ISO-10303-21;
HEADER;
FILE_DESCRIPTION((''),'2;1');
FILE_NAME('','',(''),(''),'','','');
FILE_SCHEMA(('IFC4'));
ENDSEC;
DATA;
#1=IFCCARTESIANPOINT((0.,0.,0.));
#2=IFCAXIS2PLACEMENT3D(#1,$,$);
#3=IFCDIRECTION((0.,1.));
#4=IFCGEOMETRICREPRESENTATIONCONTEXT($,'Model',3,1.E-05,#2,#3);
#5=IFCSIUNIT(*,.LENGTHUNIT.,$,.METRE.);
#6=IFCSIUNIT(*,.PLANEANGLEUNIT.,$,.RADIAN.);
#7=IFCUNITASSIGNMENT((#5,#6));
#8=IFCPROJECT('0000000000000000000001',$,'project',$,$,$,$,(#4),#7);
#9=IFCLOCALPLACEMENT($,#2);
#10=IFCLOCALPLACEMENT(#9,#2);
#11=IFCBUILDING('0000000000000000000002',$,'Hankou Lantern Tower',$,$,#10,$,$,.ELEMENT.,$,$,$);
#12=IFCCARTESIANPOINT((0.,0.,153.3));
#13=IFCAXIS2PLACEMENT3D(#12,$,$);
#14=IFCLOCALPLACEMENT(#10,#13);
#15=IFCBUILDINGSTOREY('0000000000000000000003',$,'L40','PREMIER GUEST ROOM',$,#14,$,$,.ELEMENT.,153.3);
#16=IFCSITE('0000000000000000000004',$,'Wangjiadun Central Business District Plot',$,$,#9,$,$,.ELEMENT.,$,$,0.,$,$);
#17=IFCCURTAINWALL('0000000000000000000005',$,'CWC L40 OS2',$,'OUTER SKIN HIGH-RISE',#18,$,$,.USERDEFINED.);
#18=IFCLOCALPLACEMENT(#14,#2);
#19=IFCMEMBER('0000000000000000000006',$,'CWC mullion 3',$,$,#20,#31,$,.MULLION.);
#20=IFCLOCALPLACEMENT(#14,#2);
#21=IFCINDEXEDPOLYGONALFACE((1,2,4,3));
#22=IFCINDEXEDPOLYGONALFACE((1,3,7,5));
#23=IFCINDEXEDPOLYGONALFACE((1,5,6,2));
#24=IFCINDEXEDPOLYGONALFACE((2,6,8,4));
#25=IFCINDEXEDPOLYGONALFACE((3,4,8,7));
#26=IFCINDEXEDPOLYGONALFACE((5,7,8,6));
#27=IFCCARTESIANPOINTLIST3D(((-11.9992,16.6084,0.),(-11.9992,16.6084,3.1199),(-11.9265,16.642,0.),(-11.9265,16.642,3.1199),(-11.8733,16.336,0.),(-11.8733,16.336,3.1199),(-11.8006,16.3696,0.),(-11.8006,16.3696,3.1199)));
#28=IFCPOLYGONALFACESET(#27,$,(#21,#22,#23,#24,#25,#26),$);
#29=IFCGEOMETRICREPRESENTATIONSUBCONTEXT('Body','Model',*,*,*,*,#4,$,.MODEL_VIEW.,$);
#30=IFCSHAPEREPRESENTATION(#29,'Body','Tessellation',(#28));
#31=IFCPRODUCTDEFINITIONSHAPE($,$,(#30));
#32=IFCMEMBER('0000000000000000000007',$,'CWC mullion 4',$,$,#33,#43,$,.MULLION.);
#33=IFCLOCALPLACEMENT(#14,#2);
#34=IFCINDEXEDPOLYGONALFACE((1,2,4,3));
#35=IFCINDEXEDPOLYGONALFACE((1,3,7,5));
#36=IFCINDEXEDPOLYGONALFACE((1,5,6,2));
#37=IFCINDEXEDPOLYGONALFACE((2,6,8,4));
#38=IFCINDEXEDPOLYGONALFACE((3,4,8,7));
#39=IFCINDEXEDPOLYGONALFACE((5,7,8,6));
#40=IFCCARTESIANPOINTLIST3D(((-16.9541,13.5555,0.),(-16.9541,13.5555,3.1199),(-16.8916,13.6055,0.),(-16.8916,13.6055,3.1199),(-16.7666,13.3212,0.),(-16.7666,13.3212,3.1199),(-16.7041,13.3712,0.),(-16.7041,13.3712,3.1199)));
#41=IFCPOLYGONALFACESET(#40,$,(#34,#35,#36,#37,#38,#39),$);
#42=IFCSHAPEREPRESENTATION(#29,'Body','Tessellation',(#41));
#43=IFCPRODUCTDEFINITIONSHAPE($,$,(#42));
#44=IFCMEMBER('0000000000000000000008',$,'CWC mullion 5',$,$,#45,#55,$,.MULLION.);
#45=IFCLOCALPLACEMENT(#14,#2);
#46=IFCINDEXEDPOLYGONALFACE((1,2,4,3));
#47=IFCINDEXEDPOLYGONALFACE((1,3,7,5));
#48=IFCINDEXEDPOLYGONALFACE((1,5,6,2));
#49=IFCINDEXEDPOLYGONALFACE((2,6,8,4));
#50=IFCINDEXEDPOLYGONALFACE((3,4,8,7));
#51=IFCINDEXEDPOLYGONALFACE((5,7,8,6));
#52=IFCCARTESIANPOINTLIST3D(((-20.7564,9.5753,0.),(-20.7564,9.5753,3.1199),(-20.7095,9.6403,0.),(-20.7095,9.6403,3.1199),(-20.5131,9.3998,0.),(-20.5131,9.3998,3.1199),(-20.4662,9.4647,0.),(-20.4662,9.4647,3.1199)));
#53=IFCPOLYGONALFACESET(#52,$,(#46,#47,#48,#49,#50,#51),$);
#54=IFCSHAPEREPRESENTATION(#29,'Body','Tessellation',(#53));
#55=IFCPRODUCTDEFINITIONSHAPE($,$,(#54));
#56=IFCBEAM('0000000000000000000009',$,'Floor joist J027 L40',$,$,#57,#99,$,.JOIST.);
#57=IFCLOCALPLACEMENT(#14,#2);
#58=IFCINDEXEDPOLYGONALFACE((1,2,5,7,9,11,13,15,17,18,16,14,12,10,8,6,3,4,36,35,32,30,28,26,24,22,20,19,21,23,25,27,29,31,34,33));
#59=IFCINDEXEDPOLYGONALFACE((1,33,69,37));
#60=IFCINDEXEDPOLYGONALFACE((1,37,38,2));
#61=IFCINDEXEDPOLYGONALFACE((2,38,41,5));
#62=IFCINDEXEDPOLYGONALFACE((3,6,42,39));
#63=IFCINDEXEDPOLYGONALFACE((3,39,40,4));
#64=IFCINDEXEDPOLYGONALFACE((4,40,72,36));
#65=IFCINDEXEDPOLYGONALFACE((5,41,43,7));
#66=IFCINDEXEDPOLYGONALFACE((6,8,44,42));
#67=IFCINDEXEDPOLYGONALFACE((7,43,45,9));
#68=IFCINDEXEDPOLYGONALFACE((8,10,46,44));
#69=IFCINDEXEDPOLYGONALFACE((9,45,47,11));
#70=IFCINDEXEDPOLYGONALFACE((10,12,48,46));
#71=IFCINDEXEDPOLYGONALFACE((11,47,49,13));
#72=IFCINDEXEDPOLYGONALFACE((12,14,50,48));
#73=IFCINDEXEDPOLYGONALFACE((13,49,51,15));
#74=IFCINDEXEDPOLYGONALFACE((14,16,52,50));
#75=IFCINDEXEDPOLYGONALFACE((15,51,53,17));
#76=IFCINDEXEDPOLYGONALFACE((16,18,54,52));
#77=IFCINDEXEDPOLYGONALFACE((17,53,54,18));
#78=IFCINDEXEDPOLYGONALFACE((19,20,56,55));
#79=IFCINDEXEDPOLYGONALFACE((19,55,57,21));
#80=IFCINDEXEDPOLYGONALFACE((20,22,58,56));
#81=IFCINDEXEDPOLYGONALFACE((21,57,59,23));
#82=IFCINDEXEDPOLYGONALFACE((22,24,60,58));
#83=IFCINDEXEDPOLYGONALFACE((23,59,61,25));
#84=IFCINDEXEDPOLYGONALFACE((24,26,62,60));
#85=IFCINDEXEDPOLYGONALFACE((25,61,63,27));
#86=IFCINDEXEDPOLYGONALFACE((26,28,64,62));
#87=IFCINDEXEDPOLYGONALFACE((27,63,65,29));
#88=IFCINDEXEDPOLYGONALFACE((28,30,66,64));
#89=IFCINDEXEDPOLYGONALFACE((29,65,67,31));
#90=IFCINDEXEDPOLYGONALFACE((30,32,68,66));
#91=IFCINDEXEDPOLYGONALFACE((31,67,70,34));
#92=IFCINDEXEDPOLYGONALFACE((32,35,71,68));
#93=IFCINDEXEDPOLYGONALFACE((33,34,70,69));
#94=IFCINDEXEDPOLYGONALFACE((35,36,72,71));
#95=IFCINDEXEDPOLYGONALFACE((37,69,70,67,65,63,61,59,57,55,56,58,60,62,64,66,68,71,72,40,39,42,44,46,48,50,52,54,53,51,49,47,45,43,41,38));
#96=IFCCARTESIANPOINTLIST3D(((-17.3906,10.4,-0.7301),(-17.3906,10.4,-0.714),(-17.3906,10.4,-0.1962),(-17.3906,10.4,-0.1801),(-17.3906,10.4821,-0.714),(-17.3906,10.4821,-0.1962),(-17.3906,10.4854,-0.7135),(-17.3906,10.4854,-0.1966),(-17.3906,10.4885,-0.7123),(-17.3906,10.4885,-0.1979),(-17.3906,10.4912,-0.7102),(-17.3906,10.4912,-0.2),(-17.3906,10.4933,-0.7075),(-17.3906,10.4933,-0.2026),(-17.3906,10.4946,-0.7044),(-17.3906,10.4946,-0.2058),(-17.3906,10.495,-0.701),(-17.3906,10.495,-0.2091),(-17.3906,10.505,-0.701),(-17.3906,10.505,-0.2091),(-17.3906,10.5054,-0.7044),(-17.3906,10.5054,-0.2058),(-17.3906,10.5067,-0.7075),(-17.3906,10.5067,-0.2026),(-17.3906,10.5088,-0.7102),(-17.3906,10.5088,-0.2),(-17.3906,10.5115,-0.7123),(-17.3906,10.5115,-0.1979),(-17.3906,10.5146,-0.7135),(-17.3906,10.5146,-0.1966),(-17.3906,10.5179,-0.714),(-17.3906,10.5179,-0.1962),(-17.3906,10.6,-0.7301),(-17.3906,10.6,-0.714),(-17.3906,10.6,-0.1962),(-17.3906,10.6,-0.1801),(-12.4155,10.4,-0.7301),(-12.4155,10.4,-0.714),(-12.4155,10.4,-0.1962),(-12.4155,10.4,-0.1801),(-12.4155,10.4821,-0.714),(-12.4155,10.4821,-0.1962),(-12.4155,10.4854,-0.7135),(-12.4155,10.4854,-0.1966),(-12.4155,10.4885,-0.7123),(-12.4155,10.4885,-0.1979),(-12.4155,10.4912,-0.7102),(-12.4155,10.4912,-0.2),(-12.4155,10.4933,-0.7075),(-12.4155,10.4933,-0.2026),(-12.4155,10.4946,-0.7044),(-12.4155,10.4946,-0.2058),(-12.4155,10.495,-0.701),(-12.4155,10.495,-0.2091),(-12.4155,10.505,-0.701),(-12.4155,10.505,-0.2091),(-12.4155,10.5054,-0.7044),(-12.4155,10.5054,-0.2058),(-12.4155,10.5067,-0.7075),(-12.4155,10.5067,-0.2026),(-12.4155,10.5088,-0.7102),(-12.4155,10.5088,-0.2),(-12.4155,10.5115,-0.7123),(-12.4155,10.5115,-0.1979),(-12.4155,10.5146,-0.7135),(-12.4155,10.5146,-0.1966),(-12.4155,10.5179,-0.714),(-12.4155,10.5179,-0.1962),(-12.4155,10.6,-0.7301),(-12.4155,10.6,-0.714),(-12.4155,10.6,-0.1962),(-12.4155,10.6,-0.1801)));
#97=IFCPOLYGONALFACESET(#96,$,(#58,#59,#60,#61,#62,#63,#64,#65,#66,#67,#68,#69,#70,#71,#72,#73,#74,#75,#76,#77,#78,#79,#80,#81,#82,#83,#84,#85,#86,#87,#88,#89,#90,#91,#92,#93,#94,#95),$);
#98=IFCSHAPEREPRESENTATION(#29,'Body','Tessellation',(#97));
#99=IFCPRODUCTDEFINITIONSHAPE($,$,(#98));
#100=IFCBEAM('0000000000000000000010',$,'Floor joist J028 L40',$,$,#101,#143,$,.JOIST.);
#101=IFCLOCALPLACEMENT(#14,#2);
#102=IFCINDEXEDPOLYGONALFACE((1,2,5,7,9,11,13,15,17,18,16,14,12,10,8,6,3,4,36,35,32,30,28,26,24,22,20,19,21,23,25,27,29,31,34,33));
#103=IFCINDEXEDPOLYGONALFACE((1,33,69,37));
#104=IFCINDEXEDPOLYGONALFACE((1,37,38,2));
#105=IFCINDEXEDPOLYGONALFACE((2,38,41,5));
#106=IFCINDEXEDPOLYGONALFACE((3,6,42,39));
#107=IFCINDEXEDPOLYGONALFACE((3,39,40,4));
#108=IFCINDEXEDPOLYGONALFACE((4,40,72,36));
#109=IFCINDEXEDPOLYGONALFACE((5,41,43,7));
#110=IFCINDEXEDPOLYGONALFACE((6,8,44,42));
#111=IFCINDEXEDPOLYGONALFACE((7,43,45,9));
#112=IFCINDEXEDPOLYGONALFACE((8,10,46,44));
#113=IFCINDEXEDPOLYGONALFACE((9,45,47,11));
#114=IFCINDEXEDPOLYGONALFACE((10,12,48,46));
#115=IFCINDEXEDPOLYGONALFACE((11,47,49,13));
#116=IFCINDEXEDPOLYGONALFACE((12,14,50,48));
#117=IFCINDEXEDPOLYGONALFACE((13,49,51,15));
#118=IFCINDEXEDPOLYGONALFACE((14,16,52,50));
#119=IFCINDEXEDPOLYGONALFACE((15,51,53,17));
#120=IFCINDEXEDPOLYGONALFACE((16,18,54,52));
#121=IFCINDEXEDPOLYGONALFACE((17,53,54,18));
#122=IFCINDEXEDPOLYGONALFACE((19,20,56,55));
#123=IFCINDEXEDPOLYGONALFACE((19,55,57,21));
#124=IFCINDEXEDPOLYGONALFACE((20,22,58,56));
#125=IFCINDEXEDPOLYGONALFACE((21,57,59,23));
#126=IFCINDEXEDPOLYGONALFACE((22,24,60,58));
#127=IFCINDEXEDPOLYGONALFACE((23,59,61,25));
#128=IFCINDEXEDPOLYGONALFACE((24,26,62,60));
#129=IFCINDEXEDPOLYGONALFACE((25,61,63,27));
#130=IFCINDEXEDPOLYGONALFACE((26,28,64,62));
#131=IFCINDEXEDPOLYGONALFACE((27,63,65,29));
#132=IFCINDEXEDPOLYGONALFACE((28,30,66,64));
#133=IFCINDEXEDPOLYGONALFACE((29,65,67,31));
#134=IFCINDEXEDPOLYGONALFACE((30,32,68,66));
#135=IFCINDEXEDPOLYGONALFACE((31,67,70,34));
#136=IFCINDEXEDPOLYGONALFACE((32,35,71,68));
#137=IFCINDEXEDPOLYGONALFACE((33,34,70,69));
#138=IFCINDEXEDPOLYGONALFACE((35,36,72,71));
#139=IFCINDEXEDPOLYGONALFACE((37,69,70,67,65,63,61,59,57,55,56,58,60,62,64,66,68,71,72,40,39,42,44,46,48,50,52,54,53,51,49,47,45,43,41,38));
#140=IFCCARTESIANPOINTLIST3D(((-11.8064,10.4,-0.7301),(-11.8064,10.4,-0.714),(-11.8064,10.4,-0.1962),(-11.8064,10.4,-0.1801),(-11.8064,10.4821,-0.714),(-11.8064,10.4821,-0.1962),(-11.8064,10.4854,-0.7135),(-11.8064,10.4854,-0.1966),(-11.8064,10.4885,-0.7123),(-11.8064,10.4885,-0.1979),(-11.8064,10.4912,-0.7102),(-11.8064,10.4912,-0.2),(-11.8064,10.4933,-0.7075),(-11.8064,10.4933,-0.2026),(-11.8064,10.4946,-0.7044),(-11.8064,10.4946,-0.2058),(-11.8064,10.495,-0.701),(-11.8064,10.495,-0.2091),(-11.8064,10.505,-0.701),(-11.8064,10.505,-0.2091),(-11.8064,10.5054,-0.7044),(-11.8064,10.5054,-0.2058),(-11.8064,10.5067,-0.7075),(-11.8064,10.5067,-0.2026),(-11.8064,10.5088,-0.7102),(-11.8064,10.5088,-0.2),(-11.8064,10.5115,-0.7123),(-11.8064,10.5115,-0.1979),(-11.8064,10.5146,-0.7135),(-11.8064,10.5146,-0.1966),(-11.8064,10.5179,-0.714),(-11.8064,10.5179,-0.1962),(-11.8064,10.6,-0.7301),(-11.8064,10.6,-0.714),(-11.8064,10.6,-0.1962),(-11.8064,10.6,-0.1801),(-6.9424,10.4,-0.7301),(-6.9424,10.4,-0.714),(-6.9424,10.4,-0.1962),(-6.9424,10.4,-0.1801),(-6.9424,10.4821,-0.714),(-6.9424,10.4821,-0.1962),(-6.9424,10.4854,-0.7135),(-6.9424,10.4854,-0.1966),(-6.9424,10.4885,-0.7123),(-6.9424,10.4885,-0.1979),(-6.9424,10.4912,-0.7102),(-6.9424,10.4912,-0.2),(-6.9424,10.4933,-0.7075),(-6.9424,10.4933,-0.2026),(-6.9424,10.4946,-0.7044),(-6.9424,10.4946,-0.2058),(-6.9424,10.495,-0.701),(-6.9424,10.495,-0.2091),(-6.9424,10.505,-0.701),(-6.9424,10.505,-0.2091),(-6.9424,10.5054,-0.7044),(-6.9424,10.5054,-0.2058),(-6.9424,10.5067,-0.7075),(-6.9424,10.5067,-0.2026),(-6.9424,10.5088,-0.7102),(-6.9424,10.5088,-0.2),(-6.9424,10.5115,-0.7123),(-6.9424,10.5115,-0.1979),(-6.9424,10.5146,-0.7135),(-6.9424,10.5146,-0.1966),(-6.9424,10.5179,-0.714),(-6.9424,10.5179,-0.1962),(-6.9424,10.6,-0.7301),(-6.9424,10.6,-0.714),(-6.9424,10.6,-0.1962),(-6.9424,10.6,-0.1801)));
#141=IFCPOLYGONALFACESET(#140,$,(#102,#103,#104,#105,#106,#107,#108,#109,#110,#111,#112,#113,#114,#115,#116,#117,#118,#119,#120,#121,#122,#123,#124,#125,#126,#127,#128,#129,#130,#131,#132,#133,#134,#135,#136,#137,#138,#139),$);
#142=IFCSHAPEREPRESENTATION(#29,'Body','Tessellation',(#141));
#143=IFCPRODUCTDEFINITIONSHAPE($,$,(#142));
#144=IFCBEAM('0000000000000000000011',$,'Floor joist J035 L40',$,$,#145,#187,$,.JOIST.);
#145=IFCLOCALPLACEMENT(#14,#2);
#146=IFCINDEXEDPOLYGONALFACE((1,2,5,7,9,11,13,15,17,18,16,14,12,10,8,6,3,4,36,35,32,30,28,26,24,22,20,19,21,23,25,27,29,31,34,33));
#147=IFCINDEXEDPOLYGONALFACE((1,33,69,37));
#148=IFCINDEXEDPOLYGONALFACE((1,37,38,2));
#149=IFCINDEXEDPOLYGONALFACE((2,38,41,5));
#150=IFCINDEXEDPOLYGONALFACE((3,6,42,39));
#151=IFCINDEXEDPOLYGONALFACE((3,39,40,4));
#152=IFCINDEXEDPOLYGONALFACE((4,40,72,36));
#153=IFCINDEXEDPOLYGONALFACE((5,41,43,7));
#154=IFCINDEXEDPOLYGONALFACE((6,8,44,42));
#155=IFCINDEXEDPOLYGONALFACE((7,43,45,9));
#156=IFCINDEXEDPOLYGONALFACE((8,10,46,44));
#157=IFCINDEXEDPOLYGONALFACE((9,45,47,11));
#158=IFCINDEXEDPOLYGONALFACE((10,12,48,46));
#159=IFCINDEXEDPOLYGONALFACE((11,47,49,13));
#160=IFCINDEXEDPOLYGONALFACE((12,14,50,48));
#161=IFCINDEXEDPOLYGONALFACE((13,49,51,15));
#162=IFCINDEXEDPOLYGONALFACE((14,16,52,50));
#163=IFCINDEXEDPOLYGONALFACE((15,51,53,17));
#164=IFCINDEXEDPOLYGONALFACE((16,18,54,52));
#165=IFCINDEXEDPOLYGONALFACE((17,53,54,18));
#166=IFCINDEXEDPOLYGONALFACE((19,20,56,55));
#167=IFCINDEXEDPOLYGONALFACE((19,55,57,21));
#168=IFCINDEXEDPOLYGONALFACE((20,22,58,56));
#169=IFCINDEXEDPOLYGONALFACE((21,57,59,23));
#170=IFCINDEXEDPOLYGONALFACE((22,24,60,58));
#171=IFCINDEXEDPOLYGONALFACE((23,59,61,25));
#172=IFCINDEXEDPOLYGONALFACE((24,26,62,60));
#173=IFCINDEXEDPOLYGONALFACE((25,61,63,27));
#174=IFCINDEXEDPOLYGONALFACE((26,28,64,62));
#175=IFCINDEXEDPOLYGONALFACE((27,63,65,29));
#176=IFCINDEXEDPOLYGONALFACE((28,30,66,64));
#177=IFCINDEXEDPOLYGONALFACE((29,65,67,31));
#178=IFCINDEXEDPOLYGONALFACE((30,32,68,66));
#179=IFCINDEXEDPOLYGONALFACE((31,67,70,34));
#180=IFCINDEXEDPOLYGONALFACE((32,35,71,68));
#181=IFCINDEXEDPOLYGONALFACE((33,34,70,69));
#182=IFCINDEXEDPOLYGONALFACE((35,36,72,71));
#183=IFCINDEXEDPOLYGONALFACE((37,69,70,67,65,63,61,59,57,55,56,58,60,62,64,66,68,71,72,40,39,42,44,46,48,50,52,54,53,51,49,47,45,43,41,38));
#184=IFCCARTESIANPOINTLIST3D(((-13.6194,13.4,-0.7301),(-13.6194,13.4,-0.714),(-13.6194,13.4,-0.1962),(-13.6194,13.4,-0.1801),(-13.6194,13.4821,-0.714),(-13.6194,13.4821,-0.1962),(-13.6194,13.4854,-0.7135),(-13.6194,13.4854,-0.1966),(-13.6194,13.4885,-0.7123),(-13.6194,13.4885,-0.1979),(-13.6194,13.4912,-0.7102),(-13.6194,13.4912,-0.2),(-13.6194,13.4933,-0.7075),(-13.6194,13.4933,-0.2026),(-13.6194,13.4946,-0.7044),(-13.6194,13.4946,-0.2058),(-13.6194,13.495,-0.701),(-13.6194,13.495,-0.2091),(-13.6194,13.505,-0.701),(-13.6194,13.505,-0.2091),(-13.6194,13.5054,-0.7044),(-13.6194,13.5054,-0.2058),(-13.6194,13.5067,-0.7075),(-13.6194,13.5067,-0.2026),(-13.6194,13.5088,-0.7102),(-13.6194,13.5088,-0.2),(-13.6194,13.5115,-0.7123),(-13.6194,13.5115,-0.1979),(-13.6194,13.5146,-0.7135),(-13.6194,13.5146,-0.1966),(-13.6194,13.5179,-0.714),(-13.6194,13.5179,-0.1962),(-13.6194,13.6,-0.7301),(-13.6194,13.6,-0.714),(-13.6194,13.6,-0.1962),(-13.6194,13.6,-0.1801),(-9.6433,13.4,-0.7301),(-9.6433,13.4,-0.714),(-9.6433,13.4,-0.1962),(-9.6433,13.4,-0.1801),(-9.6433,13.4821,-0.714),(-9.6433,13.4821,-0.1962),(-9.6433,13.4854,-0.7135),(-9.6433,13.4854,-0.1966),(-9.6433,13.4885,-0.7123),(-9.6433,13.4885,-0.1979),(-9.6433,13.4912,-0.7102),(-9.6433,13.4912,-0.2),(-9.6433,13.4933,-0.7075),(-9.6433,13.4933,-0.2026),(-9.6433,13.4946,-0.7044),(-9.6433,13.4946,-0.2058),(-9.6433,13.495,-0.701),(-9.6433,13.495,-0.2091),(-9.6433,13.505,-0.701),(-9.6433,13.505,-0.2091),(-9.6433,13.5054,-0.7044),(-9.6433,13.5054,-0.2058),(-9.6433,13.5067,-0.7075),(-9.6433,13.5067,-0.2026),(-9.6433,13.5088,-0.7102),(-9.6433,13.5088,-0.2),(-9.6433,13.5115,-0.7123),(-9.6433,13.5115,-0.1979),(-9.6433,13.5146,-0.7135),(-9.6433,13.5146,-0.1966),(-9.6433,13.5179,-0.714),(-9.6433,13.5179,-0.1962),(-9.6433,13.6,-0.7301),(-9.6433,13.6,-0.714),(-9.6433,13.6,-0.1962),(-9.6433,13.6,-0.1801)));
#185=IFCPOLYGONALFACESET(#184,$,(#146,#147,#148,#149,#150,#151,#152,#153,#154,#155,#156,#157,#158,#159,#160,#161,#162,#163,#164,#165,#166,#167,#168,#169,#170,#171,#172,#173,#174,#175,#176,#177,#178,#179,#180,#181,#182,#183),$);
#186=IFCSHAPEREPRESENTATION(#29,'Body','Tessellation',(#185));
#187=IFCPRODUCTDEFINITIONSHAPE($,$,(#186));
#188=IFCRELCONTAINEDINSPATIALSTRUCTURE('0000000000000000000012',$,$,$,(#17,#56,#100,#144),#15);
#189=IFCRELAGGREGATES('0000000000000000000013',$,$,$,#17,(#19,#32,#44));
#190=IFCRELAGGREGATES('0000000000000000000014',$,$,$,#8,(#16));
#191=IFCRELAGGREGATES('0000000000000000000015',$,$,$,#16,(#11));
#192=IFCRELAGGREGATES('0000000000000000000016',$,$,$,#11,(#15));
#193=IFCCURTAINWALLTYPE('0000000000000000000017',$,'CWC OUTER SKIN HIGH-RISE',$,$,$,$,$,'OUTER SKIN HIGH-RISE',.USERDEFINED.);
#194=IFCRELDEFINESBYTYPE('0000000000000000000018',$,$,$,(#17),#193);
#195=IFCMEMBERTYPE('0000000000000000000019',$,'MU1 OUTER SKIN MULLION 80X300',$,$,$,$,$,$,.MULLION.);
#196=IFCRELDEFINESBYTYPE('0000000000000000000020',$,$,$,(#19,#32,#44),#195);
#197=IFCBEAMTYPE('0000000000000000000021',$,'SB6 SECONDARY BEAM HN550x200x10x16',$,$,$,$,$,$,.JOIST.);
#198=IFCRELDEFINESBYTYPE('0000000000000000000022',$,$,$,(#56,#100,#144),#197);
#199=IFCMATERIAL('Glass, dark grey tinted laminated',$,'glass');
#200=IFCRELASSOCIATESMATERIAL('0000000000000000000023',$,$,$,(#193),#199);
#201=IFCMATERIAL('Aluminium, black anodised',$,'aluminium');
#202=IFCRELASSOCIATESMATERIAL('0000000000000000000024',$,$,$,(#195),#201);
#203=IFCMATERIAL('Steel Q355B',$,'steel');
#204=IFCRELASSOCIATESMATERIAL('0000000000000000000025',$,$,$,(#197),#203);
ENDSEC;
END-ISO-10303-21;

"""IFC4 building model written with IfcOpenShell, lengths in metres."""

from ifc_helpers import new_model, si_unit, direction, frame, origin, origin_2d, place, context, subcontext, project, spatial, rectangle, i_section, extrude, material, material_profile, profile_set, type_object, element, aggregate, save


model = new_model("IFC4")

# Units and contexts
model_context = context("Model", 3, precision=1e-05, world=origin(), true_north=direction((0.0, 1.0)))
body_context = subcontext(model_context, "Body", "Model", "MODEL_VIEW")
ifc_project = project(units=[si_unit("LENGTHUNIT", "METRE"), si_unit("PLANEANGLEUNIT", "RADIAN")], contexts=[model_context])

# Site, building, storey
site_placement = place(None, origin())
site = spatial("IfcSite", under=ifc_project, at=site_placement, Name="Wangjiadun Central Business District Plot", CompositionType="ELEMENT", RefElevation=0.0)
building_placement = place(site_placement, origin())
building = spatial("IfcBuilding", under=site, at=building_placement, Name="Hankou Lantern Tower", CompositionType="ELEMENT")
storey_placement = place(building_placement, frame((0.0, 0.0, 153.3)))
storey = spatial("IfcBuildingStorey", under=building, at=storey_placement, Name="L40", Description="PREMIER GUEST ROOM", CompositionType="ELEMENT", Elevation=153.3)

# Curtain wall, members
ifc_material_1 = material(Name="Glass, dark grey tinted laminated", Category="glass")
curtain_wall_type = type_object("IfcCurtainWallType", Name="CWC OUTER SKIN HIGH-RISE", ElementType="OUTER SKIN HIGH-RISE", PredefinedType="USERDEFINED", material=ifc_material_1)
curtain_wall_placement = place(storey_placement, origin())
curtain_wall = element("IfcCurtainWall", 1, at=curtain_wall_placement, inside=storey, type_object=curtain_wall_type, Name="CWC L40 OS2", ObjectType="OUTER SKIN HIGH-RISE", PredefinedType="USERDEFINED")
ifc_material_2 = material(Name="Aluminium, black anodised", Category="aluminium")
ifc_material_profile_1 = material_profile(ifc_material_2, rectangle(XDim=0.0801, YDim=0.3, at=origin_2d()), Name="MU1 80X300")
ifc_profile_set_1 = profile_set([ifc_material_profile_1], Name="Aluminium, black anodised")
member_type_1 = type_object("IfcMemberType", Name="MU1 OUTER SKIN MULLION 80X300", PredefinedType="MULLION", material=ifc_profile_set_1)
member_1_placement = place(storey_placement, frame((-11.8999, 16.489, 0.0), z_axis=(0.0, 0.0, 1.0), x_axis=(-0.907841, -0.419314, 0.0)))
member_1 = element("IfcMember", 2, at=member_1_placement, type_object=member_type_1, Name="CWC mullion 3", PredefinedType="MULLION", context=body_context, shape_type="SweptSolid", body=[
    extrude(rectangle(XDim=0.0801, YDim=0.3, at=origin_2d()), origin(), (0.0, 0.0, 1.0), 3.1199),
])
member_2_placement = place(storey_placement, frame((-16.8291, 13.4634, 0.0), z_axis=(0.0, 0.0, 1.0), x_axis=(-0.780869, -0.624695, 0.0)))
member_2 = element("IfcMember", 3, at=member_2_placement, type_object=member_type_1, Name="CWC mullion 4", PredefinedType="MULLION", context=body_context, shape_type="SweptSolid", body=[
    extrude(rectangle(XDim=0.0801, YDim=0.3, at=origin_2d()), origin(), (0.0, 0.0, 1.0), 3.1199),
])
member_3_placement = place(storey_placement, frame((-20.6113, 9.52, 0.0), z_axis=(0.0, 0.0, 1.0), x_axis=(-0.585206, -0.810885, 0.0)))
member_3 = element("IfcMember", 4, at=member_3_placement, type_object=member_type_1, Name="CWC mullion 5", PredefinedType="MULLION", context=body_context, shape_type="SweptSolid", body=[
    extrude(rectangle(XDim=0.0801, YDim=0.3, at=origin_2d()), origin(), (0.0, 0.0, 1.0), 3.1199),
])

# Beams
ifc_material_3 = material(Name="Steel Q355B", Category="steel")
ifc_material_profile_2 = material_profile(ifc_material_3, i_section(OverallWidth=0.2, OverallDepth=0.55, WebThickness=0.01, FlangeThickness=0.0161, FilletRadius=0.0129, at=origin_2d()), Name="HN550x200x10x16")
ifc_profile_set_2 = profile_set([ifc_material_profile_2], Name="Steel Q355B")
beam_type_1 = type_object("IfcBeamType", Name="SB6 SECONDARY BEAM HN550x200x10x16", PredefinedType="JOIST", material=ifc_profile_set_2)
beam_1_placement = place(storey_placement, frame((-17.3906, 10.5, -0.4551), z_axis=(1.0, 0.0, 0.0), x_axis=(0.0, 1.0, 0.0)))
element("IfcBeam", 5, at=beam_1_placement, inside=storey, type_object=beam_type_1, Name="Floor joist J027 L40", PredefinedType="JOIST", context=body_context, shape_type="SweptSolid", body=[
    extrude(i_section(OverallWidth=0.2, OverallDepth=0.55, WebThickness=0.01, FlangeThickness=0.0161, FilletRadius=0.0129, at=origin_2d()), origin(), (0.0, 0.0, 1.0), 4.9751),
])
beam_2_placement = place(storey_placement, frame((-11.8064, 10.5, -0.4551), z_axis=(1.0, 0.0, 0.0), x_axis=(0.0, 1.0, 0.0)))
element("IfcBeam", 6, at=beam_2_placement, inside=storey, type_object=beam_type_1, Name="Floor joist J028 L40", PredefinedType="JOIST", context=body_context, shape_type="SweptSolid", body=[
    extrude(i_section(OverallWidth=0.2, OverallDepth=0.55, WebThickness=0.01, FlangeThickness=0.0161, FilletRadius=0.0129, at=origin_2d()), origin(), (0.0, 0.0, 1.0), 4.864),
])
beam_3_placement = place(storey_placement, frame((-13.6194, 13.5, -0.4551), z_axis=(1.0, 0.0, 0.0), x_axis=(0.0, 1.0, 0.0)))
element("IfcBeam", 7, at=beam_3_placement, inside=storey, type_object=beam_type_1, Name="Floor joist J035 L40", PredefinedType="JOIST", context=body_context, shape_type="SweptSolid", body=[
    extrude(i_section(OverallWidth=0.2, OverallDepth=0.55, WebThickness=0.01, FlangeThickness=0.0161, FilletRadius=0.0129, at=origin_2d()), origin(), (0.0, 0.0, 1.0), 3.9761),
])

aggregate(curtain_wall, [member_1, member_2, member_3])

save(model, "model.ifc")
